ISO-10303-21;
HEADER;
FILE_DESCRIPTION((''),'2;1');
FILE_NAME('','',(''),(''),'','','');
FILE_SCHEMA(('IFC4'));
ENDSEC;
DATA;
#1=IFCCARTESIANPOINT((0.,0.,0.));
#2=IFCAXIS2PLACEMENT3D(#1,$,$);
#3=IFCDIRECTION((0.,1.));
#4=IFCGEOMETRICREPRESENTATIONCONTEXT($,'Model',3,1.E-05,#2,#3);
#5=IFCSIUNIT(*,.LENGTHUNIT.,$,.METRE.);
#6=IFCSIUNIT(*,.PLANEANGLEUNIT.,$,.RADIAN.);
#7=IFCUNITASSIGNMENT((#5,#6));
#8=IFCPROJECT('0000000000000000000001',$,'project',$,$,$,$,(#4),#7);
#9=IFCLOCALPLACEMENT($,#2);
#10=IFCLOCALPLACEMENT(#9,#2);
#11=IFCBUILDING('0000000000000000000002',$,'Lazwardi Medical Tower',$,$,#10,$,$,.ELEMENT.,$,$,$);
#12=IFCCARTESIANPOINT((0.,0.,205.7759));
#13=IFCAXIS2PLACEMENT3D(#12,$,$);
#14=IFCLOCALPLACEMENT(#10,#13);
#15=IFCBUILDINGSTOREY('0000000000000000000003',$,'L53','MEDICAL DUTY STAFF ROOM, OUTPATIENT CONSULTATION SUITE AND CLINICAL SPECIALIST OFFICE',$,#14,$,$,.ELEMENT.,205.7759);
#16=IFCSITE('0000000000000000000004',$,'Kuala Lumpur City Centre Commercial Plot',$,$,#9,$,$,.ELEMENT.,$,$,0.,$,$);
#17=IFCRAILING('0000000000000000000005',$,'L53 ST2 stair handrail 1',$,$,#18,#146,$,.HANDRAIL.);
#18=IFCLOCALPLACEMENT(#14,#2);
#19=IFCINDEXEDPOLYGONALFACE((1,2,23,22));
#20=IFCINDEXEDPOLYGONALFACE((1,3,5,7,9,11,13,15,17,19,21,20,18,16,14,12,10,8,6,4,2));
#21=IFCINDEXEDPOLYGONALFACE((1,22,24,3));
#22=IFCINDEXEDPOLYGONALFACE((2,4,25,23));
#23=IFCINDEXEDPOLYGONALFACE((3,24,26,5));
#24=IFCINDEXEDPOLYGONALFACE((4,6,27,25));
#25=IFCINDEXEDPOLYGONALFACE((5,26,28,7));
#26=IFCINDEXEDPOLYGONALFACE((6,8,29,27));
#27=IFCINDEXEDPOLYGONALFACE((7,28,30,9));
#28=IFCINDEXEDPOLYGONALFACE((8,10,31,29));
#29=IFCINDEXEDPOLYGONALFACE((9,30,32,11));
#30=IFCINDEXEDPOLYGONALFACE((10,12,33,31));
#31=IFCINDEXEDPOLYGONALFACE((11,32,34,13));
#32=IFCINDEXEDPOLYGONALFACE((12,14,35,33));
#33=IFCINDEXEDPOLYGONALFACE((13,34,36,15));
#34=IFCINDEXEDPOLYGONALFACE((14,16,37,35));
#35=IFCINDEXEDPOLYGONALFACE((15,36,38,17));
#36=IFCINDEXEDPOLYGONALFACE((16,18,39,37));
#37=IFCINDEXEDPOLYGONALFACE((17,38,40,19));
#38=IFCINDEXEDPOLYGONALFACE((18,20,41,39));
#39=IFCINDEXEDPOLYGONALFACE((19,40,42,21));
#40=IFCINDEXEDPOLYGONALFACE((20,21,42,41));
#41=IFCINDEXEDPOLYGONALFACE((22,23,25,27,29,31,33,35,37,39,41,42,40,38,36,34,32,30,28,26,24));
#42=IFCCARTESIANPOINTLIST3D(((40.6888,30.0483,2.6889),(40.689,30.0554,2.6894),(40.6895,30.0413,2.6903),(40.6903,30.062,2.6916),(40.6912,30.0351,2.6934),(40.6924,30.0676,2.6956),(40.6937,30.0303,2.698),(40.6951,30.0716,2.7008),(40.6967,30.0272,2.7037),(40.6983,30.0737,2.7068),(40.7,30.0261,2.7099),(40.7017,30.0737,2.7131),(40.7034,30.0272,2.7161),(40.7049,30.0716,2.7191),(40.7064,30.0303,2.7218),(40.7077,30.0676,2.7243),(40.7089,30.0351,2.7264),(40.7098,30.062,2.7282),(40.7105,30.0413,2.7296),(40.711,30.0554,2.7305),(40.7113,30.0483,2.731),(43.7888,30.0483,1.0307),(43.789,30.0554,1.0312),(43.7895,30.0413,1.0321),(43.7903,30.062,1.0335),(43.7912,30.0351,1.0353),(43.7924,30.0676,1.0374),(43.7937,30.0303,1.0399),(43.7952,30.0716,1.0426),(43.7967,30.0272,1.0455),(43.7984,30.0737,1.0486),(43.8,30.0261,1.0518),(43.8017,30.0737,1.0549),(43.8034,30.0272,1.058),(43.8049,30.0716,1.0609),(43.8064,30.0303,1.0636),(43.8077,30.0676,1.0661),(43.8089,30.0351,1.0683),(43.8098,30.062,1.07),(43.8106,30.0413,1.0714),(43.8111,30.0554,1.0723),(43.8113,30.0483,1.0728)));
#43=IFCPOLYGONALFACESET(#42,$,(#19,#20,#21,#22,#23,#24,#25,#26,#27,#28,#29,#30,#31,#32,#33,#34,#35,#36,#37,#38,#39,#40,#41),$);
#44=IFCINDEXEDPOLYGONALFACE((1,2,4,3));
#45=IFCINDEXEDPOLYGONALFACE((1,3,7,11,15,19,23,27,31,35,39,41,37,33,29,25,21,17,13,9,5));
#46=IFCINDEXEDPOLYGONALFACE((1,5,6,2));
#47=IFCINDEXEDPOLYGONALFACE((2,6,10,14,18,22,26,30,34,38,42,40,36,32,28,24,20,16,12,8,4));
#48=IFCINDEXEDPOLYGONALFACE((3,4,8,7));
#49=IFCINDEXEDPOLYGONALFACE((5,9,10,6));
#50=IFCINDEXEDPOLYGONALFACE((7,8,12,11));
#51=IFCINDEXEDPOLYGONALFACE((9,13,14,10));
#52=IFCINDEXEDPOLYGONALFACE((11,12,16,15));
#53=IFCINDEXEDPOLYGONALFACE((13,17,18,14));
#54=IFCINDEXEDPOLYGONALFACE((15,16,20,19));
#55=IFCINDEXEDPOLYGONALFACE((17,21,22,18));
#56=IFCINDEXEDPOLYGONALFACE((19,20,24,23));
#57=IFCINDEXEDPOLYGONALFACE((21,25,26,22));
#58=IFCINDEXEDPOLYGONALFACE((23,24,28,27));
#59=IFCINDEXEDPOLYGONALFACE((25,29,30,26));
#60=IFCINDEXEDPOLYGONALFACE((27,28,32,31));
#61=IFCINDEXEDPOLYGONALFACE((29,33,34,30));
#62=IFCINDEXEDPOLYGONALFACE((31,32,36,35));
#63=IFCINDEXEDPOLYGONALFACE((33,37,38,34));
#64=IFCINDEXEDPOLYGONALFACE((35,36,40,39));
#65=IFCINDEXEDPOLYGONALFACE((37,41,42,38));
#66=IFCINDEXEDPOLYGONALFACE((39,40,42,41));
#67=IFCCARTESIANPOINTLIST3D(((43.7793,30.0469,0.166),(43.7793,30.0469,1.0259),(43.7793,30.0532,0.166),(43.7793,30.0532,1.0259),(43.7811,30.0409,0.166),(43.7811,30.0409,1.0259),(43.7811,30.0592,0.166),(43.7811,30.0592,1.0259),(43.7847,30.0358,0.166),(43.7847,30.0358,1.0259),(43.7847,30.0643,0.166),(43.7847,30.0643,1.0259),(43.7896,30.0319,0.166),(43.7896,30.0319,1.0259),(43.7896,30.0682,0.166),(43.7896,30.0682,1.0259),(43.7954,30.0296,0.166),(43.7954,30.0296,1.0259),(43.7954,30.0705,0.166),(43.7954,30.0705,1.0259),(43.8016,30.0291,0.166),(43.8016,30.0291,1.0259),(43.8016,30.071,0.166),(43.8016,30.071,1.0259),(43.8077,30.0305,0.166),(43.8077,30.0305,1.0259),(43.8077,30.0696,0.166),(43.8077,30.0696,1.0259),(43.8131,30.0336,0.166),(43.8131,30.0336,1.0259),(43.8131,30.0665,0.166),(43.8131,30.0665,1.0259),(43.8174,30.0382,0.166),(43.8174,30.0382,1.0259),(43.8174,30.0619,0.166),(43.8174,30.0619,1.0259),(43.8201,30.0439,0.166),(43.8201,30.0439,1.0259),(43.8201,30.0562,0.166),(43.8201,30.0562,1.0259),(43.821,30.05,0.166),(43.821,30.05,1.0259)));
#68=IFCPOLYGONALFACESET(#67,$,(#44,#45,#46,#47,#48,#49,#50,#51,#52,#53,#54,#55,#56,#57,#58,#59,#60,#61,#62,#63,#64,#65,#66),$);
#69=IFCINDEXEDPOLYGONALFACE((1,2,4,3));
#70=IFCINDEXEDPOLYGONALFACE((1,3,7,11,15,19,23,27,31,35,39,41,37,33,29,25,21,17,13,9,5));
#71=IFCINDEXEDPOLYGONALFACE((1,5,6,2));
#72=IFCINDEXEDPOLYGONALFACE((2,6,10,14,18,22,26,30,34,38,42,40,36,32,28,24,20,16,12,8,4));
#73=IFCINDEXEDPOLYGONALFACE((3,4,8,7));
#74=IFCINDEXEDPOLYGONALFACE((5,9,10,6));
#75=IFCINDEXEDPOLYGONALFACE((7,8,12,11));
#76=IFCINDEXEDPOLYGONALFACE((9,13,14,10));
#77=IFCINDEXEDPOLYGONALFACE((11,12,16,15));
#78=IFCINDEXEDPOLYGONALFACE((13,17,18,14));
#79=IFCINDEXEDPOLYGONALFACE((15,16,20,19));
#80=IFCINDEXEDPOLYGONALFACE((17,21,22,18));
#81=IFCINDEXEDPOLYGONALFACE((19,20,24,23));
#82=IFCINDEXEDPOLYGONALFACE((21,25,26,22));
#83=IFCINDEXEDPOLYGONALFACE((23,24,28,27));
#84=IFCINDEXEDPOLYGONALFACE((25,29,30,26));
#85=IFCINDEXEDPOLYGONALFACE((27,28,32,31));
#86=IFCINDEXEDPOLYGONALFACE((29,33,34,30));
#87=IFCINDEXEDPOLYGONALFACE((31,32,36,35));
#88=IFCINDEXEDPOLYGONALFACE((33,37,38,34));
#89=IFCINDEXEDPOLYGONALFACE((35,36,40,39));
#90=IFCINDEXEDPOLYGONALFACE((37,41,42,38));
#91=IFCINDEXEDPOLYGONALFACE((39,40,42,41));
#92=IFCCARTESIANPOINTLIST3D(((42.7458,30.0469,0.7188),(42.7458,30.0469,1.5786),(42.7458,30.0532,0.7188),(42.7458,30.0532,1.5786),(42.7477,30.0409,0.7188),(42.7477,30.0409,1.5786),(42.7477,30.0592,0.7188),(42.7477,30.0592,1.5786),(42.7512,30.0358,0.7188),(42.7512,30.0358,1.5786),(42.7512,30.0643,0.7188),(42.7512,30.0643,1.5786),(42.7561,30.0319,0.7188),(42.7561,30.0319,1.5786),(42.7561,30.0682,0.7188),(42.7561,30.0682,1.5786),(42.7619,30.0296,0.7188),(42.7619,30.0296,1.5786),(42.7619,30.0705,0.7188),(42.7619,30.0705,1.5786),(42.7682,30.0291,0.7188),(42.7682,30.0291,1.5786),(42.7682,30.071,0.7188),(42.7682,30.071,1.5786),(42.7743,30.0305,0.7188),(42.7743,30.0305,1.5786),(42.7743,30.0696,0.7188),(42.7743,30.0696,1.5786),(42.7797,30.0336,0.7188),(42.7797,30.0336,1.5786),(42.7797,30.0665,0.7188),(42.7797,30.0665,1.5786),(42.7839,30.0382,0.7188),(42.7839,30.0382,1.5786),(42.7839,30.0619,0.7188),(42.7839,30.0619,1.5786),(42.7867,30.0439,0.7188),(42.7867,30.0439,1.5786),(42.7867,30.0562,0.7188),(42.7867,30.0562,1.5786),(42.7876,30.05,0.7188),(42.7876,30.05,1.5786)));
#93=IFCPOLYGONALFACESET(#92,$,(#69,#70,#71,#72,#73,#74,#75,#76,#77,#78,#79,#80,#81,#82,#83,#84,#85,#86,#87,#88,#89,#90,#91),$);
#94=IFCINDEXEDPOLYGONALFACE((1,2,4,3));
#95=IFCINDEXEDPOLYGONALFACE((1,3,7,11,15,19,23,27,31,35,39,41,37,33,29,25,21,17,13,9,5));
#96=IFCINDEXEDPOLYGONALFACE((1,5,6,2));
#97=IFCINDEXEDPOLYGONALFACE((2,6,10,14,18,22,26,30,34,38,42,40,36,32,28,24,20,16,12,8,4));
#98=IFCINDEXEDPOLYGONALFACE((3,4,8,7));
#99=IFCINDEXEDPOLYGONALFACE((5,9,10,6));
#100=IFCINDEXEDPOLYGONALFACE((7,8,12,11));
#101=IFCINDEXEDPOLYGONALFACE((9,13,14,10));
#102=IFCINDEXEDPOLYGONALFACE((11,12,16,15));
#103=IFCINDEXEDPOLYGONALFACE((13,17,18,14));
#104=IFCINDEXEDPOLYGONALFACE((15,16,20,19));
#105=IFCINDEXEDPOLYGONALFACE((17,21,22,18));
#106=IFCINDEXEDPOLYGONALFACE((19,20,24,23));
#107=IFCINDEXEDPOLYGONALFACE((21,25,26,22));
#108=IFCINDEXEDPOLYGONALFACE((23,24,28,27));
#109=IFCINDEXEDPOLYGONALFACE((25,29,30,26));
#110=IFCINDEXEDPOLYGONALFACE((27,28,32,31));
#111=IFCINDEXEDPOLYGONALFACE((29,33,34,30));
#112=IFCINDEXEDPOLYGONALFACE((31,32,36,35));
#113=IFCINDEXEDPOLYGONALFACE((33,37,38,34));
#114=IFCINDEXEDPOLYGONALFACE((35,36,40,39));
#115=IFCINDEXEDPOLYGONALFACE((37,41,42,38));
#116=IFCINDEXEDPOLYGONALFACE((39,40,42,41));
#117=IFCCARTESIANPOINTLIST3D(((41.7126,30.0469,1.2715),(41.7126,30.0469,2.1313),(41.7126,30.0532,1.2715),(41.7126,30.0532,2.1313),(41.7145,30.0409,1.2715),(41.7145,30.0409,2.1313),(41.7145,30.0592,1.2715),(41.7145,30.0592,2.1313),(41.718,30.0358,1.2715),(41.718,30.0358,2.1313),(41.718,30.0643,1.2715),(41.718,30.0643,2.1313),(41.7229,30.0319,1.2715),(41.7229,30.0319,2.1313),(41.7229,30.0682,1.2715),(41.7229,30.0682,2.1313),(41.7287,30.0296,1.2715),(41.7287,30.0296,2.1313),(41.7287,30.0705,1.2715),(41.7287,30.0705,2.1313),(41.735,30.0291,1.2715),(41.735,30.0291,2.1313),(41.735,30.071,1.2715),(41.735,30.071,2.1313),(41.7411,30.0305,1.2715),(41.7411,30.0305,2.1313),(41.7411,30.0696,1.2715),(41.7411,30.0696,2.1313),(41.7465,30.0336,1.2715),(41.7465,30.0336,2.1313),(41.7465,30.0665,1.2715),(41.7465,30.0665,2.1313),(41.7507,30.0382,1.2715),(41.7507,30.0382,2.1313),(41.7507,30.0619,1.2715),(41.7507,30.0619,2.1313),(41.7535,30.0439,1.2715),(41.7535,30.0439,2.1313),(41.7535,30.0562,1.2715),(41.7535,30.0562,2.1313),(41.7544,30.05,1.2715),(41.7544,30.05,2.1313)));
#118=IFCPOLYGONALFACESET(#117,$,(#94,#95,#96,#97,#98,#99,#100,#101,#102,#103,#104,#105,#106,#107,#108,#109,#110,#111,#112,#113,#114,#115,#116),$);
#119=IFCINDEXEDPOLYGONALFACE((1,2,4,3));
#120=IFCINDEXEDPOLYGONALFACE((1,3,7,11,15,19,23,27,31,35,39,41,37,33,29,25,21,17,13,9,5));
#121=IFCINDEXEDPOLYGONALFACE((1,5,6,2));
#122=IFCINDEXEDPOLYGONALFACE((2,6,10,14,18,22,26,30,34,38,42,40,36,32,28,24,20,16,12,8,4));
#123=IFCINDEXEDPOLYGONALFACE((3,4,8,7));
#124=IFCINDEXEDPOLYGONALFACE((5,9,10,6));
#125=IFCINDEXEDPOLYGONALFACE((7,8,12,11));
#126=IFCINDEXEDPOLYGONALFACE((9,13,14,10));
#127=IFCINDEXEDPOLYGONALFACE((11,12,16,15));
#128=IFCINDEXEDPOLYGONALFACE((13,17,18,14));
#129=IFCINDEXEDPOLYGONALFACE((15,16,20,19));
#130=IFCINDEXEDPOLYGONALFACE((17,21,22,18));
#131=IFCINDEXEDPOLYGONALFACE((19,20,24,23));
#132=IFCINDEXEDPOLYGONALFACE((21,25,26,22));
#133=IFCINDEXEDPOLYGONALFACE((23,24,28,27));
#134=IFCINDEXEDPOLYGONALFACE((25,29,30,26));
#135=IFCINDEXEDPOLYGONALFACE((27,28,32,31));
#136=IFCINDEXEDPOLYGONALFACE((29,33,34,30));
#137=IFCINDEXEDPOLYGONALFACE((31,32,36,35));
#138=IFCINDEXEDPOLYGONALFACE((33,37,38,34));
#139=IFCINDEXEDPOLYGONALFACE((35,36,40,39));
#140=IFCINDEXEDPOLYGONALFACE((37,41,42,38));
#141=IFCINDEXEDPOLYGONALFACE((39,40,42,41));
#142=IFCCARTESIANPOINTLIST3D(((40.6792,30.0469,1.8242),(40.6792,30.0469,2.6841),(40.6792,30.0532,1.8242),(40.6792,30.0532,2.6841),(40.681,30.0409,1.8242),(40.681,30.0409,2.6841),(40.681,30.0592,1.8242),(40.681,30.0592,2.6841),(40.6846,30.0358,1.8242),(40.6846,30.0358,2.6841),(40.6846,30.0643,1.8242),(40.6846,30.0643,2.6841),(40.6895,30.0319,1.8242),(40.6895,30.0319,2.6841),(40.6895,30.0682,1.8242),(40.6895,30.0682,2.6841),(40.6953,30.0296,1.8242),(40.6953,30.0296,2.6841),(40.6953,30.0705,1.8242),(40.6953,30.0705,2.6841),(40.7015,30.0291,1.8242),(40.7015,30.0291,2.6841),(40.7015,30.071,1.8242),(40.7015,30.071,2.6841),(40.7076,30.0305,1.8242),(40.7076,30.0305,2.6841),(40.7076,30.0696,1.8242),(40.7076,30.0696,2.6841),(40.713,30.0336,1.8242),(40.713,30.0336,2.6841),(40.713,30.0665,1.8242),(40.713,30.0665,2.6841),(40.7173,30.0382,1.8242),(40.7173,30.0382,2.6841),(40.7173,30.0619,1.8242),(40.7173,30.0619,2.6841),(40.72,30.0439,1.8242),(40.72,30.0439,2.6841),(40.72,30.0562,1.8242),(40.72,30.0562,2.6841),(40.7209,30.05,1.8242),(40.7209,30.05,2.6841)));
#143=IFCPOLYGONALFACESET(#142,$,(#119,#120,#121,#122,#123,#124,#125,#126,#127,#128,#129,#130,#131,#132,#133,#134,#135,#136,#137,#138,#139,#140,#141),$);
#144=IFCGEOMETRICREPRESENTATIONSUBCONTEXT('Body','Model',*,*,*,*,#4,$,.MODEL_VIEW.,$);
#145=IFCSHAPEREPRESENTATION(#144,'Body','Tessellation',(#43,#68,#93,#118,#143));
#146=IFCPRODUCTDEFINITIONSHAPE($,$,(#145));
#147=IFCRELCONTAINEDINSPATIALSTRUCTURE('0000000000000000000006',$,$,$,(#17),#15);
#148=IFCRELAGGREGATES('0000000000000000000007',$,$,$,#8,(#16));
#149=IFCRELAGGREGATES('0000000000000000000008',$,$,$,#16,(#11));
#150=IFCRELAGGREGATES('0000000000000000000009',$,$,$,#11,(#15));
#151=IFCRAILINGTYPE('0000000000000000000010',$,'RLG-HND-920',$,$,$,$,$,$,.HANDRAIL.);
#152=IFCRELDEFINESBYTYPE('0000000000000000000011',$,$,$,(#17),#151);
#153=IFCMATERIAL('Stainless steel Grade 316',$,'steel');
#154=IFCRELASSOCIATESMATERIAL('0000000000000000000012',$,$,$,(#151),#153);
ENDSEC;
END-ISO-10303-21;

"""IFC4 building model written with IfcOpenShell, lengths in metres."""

from ifc_helpers import new_model, si_unit, direction, frame, origin, origin_2d, place, context, subcontext, project, spatial, circle, extrude, material, type_object, element, save


model = new_model("IFC4")

# Units and contexts
model_context = context("Model", 3, precision=1e-05, world=origin(), true_north=direction((0.0, 1.0)))
body_context = subcontext(model_context, "Body", "Model", "MODEL_VIEW")
ifc_project = project(units=[si_unit("LENGTHUNIT", "METRE"), si_unit("PLANEANGLEUNIT", "RADIAN")], contexts=[model_context])

# Site, building, storey
site_placement = place(None, origin())
site = spatial("IfcSite", under=ifc_project, at=site_placement, Name="Kuala Lumpur City Centre Commercial Plot", CompositionType="ELEMENT", RefElevation=0.0)
building_placement = place(site_placement, origin())
building = spatial("IfcBuilding", under=site, at=building_placement, Name="Lazwardi Medical Tower", CompositionType="ELEMENT")
storey_placement = place(building_placement, frame((0.0, 0.0, 205.7759)))
storey = spatial("IfcBuildingStorey", under=building, at=storey_placement, Name="L53", Description="MEDICAL DUTY STAFF ROOM, OUTPATIENT CONSULTATION SUITE AND CLINICAL SPECIALIST OFFICE", CompositionType="ELEMENT", Elevation=205.7759)

# Railing
ifc_material_1 = material(Name="Stainless steel Grade 316", Category="steel")
railing_type_1 = type_object("IfcRailingType", Name="RLG-HND-920", PredefinedType="HANDRAIL", material=ifc_material_1)
railing_1_placement = place(storey_placement, frame((43.8, 30.05, 0.166)))
element("IfcRailing", 1, at=railing_1_placement, inside=storey, type_object=railing_type_1, Name="L53 ST2 stair handrail 1", PredefinedType="HANDRAIL", context=body_context, shape_type="SweptSolid", body=[
    extrude(circle(Radius=0.0239, at=origin_2d()), frame((0.0, 0.0, 0.8857), z_axis=(-0.881783, 0.0, 0.471655), x_axis=(0.0, -1.0, 0.0)), (0.0, 0.0, 1.0), 3.5156),
    extrude(circle(Radius=0.021, at=origin_2d()), origin(), (0.0, 0.0, 1.0), 0.8599),
    extrude(circle(Radius=0.021, at=origin_2d()), frame((-1.0334, 0.0, 0.5527)), (0.0, 0.0, 1.0), 0.8599),
    extrude(circle(Radius=0.021, at=origin_2d()), frame((-2.0667, 0.0, 1.1055)), (0.0, 0.0, 1.0), 0.8599),
    extrude(circle(Radius=0.021, at=origin_2d()), frame((-3.1001, 0.0, 1.6582)), (0.0, 0.0, 1.0), 0.8599),
])

save(model, "model.ifc")
